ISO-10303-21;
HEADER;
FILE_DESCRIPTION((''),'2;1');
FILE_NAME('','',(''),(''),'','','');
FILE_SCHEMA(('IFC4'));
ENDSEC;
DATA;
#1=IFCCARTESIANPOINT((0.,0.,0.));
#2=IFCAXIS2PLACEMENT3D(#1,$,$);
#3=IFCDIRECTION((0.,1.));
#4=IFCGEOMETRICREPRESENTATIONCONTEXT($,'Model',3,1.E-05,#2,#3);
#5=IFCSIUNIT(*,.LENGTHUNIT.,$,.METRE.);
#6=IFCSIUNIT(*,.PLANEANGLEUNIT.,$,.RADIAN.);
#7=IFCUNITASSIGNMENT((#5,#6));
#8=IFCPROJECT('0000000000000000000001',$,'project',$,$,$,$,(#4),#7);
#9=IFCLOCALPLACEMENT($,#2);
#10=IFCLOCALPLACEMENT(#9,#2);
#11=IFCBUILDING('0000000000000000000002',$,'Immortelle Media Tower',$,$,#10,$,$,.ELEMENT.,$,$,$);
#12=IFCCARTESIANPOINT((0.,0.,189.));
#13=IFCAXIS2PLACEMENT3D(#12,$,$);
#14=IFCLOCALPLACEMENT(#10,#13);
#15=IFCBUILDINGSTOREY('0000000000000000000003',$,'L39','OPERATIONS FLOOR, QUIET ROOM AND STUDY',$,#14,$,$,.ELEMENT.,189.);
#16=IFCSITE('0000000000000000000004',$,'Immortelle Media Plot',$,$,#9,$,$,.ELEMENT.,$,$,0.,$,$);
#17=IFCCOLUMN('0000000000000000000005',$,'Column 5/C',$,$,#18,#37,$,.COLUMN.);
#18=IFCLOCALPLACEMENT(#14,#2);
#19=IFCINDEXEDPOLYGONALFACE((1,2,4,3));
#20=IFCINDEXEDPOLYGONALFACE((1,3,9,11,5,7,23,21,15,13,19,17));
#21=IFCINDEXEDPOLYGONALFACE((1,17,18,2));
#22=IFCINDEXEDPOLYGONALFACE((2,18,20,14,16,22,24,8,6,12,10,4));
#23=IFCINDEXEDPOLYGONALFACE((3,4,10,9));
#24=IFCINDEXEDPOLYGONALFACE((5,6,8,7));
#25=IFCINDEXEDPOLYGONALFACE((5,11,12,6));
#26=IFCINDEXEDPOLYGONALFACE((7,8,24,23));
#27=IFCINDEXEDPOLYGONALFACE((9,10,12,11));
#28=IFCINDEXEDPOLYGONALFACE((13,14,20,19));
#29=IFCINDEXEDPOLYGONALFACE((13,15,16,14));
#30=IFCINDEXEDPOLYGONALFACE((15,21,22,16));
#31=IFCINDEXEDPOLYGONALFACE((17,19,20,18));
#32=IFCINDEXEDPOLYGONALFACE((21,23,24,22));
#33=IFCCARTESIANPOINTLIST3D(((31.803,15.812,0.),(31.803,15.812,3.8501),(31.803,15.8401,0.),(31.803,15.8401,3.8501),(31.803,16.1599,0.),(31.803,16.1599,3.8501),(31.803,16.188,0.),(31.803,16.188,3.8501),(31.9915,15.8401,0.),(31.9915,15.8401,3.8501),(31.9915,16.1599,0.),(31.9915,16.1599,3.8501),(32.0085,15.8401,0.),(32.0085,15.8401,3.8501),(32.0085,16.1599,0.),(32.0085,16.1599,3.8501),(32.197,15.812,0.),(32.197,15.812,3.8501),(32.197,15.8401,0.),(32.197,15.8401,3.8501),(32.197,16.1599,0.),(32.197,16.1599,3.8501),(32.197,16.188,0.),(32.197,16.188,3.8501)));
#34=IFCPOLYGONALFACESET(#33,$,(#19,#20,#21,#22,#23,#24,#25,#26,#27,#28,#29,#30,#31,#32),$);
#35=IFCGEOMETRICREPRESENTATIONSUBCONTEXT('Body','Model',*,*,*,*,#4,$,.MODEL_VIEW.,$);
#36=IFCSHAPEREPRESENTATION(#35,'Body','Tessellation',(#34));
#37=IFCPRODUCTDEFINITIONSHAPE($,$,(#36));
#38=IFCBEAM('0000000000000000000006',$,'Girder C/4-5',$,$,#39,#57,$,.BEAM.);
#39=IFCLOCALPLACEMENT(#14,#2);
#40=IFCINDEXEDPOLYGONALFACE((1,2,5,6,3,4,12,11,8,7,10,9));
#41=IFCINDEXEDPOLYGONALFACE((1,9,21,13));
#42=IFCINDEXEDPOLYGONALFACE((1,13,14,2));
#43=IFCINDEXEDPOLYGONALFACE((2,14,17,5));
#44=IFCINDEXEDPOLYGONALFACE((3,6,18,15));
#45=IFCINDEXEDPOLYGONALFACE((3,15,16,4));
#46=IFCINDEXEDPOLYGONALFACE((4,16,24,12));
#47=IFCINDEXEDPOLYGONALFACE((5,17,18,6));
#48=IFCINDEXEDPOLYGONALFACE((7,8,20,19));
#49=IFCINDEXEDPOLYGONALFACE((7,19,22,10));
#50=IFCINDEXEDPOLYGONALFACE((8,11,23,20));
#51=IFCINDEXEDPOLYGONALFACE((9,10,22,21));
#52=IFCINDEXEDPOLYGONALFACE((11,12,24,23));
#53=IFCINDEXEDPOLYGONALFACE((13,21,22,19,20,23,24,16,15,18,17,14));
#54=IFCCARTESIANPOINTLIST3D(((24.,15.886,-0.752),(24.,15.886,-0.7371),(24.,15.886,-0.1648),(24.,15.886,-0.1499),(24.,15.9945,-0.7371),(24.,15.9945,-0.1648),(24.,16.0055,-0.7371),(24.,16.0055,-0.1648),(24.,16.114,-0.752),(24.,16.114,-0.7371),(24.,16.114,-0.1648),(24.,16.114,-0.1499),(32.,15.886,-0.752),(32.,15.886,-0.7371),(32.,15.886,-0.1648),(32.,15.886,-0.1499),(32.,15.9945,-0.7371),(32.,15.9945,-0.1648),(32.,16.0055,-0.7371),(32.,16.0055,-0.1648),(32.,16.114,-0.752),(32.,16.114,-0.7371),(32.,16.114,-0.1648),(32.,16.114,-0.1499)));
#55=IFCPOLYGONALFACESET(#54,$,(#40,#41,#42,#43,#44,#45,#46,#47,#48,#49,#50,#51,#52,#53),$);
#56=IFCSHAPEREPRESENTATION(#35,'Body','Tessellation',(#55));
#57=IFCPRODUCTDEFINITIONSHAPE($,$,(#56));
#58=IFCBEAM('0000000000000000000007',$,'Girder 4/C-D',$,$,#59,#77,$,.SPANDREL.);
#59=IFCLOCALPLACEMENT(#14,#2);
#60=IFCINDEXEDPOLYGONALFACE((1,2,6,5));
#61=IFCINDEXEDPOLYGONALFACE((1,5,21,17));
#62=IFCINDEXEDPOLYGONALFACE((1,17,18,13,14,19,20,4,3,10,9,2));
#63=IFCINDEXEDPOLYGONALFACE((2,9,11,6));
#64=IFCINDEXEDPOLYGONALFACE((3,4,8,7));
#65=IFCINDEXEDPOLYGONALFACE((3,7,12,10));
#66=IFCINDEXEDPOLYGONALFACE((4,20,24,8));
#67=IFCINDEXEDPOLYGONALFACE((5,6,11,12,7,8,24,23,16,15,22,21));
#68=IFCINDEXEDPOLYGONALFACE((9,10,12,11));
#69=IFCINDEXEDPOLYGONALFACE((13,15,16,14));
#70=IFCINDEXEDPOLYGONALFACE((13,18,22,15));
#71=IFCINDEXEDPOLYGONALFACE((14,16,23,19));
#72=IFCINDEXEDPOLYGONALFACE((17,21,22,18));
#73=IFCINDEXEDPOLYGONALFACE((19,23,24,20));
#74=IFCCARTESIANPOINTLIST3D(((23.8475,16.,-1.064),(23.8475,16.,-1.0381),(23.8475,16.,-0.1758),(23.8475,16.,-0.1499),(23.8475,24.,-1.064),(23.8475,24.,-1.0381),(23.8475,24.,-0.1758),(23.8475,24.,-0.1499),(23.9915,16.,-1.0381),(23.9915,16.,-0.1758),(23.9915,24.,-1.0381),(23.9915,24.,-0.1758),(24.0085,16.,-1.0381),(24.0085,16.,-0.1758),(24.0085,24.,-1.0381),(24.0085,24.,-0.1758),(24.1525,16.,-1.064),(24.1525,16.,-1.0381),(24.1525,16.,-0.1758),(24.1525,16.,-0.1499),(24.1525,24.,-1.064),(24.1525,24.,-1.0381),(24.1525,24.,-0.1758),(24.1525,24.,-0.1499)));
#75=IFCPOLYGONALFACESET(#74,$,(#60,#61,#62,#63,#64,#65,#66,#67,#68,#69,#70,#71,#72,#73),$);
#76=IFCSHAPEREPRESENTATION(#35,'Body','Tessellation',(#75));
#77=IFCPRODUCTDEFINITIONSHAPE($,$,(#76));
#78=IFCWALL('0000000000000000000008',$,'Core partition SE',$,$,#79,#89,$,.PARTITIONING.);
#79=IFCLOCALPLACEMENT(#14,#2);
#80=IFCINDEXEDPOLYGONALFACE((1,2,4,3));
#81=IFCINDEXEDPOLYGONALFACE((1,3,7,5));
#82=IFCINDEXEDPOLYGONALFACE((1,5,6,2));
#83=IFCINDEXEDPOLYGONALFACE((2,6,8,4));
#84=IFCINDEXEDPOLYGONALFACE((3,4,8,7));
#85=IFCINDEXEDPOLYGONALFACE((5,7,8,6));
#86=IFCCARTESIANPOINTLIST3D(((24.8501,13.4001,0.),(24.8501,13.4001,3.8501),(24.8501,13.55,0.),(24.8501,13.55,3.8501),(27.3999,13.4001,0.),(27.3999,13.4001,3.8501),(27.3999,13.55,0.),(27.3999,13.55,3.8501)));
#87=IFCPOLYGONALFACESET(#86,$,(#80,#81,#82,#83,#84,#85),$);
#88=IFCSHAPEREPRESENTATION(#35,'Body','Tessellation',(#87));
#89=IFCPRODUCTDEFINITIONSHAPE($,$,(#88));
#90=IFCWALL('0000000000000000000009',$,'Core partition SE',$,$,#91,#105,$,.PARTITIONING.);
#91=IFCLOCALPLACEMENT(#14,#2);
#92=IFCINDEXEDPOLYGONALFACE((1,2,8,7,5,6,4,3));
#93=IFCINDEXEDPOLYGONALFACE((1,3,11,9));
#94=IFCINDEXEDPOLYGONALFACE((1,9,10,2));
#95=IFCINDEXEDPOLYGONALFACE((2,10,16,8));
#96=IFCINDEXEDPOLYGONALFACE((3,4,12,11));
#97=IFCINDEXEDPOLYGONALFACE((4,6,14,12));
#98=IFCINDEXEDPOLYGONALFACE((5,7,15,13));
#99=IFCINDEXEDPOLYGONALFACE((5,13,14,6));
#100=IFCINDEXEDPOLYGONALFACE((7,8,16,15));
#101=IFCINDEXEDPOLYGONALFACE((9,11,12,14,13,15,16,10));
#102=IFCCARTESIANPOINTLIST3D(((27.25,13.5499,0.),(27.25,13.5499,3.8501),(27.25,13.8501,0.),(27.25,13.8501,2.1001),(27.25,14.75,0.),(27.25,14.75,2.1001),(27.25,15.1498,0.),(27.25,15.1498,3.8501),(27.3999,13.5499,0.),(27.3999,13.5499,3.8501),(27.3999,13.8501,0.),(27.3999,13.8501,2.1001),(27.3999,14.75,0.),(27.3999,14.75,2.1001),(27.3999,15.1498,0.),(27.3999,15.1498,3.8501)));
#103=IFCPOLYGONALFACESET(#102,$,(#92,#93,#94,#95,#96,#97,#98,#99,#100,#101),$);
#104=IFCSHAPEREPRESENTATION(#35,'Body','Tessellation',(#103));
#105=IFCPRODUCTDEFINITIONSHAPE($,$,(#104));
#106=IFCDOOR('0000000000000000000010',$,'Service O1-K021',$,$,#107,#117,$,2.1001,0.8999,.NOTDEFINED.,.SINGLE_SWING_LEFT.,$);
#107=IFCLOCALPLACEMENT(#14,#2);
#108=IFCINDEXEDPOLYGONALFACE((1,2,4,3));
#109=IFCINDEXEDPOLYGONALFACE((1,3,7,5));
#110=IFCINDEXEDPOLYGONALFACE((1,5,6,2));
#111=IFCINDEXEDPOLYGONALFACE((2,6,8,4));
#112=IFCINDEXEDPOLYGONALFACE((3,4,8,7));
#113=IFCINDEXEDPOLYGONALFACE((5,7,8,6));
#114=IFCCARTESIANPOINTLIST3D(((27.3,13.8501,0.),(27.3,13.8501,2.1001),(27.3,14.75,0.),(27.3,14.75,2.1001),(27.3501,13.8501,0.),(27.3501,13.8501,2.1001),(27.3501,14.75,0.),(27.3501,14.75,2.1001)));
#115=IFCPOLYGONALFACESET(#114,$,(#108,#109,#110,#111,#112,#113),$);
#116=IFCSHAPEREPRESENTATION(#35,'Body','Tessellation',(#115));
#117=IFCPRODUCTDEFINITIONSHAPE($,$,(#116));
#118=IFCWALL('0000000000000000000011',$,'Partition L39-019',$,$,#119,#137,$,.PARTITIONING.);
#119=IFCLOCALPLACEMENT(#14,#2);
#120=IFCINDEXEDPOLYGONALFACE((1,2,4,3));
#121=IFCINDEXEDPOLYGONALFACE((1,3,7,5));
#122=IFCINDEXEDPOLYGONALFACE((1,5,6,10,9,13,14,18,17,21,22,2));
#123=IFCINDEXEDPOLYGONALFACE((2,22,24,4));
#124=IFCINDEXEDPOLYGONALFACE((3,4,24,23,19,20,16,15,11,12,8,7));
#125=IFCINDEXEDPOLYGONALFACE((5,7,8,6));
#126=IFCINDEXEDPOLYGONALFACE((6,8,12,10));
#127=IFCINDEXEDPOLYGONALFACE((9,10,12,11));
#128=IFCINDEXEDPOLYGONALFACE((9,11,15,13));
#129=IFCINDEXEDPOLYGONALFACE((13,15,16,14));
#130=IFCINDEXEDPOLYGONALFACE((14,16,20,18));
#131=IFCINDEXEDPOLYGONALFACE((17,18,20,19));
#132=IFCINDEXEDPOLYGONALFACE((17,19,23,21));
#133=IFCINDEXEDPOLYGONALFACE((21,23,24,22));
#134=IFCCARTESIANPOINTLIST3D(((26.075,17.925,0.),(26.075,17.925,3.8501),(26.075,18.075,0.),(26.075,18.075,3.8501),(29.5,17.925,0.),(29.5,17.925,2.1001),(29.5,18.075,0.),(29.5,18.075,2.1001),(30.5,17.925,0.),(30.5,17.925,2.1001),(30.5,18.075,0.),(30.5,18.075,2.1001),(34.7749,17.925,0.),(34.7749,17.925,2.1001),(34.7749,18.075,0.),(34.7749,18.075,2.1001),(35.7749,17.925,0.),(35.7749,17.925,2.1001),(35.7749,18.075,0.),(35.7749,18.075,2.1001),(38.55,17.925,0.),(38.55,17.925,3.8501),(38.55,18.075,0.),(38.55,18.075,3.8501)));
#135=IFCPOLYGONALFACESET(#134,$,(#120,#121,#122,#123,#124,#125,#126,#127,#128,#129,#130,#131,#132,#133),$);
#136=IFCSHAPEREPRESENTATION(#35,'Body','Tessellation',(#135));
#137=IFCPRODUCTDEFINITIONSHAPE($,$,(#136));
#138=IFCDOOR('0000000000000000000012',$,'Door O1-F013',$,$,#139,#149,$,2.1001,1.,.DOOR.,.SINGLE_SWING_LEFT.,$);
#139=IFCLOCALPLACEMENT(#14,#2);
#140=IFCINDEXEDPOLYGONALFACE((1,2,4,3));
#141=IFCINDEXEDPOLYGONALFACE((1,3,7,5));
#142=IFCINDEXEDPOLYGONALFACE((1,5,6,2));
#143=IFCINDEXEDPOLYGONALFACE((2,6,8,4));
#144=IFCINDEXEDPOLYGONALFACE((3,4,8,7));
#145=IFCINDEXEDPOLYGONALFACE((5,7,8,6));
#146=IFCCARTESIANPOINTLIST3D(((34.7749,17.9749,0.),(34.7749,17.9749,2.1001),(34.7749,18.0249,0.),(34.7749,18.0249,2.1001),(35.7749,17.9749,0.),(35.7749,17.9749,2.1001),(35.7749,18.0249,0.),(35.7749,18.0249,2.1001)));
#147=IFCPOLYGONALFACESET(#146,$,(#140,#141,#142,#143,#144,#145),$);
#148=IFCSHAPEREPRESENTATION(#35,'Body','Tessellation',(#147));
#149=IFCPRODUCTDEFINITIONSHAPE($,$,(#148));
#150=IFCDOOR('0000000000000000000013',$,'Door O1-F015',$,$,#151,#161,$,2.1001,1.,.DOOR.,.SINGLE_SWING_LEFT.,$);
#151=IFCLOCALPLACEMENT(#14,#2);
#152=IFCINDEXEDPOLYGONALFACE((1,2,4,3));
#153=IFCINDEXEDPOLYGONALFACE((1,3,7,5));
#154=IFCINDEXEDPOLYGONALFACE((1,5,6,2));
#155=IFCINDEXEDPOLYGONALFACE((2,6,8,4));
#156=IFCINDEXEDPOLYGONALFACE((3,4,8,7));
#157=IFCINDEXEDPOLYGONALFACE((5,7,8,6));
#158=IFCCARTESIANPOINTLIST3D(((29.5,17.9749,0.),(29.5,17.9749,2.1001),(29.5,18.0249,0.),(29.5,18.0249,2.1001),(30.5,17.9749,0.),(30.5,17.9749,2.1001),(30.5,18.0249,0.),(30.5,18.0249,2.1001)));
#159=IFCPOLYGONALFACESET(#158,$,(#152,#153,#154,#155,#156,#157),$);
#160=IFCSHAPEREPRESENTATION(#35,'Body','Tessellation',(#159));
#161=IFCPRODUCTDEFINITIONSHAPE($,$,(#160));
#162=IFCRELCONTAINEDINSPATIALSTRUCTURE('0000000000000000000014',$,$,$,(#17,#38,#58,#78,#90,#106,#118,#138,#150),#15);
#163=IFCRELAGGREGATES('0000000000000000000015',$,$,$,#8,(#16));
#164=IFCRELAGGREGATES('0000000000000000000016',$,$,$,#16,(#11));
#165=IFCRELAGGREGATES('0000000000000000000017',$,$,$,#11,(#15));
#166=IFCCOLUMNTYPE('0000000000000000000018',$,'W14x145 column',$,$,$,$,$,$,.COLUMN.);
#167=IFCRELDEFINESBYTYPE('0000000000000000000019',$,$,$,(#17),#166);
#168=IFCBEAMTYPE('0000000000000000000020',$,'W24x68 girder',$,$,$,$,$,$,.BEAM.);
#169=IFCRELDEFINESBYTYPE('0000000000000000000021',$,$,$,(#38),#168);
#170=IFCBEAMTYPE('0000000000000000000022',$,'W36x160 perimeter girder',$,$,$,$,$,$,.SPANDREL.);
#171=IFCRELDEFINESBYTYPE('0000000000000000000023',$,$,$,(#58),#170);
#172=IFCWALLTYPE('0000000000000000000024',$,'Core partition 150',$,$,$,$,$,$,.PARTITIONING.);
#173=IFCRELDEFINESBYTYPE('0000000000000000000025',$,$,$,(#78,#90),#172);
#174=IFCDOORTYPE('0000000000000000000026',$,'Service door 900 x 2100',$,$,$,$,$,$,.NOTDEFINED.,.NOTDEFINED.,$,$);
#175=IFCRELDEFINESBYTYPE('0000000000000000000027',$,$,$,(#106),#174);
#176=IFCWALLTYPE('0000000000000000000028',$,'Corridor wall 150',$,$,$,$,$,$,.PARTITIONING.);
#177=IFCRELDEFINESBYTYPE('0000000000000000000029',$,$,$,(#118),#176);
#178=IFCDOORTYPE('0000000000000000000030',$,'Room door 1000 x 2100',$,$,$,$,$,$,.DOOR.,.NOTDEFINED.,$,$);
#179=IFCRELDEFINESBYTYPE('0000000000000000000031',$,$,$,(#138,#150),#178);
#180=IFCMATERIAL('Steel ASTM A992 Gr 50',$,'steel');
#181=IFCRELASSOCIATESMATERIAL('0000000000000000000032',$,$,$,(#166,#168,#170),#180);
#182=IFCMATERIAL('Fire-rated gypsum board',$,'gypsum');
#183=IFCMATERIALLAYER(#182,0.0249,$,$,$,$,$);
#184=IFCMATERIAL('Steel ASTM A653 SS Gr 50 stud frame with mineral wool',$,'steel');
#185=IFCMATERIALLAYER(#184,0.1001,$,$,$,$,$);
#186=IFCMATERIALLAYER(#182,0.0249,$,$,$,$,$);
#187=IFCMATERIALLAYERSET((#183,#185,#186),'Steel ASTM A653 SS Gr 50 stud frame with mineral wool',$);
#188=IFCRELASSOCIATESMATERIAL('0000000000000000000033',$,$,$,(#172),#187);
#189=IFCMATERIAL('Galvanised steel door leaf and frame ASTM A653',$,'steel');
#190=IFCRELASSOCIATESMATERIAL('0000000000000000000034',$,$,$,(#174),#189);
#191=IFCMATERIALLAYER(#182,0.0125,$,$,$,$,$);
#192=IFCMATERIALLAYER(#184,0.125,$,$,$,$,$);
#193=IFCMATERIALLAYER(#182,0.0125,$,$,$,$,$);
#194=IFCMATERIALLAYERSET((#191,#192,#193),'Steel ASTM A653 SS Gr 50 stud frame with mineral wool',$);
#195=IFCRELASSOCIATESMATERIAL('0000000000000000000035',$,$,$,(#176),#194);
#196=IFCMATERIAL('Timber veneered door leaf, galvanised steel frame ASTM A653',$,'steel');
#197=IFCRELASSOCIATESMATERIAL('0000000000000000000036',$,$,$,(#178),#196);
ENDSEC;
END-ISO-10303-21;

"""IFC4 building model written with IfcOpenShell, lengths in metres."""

from ifc_helpers import new_model, si_unit, direction, frame, frame_2d, origin, origin_2d, place, context, subcontext, project, spatial, rectangle, i_section, extrude, material, layer, layer_set, material_profile, profile_set, type_object, element, fill, save


model = new_model("IFC4")

# Units and contexts
model_context = context("Model", 3, precision=1e-05, world=origin(), true_north=direction((0.0, 1.0)))
body_context = subcontext(model_context, "Body", "Model", "MODEL_VIEW")
ifc_project = project(units=[si_unit("LENGTHUNIT", "METRE"), si_unit("PLANEANGLEUNIT", "RADIAN")], contexts=[model_context])

# Site, building, storey
site_placement = place(None, origin())
site = spatial("IfcSite", under=ifc_project, at=site_placement, Name="Immortelle Media Plot", CompositionType="ELEMENT", RefElevation=0.0)
building_placement = place(site_placement, origin())
building = spatial("IfcBuilding", under=site, at=building_placement, Name="Immortelle Media Tower", CompositionType="ELEMENT")
storey_placement = place(building_placement, frame((0.0, 0.0, 189.0)))
storey = spatial("IfcBuildingStorey", under=building, at=storey_placement, Name="L39", Description="OPERATIONS FLOOR, QUIET ROOM AND STUDY", CompositionType="ELEMENT", Elevation=189.0)

# Column
ifc_material_1 = material(Name="Steel ASTM A992 Gr 50", Category="steel")
ifc_material_profile_1 = material_profile(ifc_material_1, i_section(OverallWidth=0.394, OverallDepth=0.376, WebThickness=0.0171, FlangeThickness=0.0281, at=origin_2d()), Name="W14x145")
ifc_profile_set_1 = profile_set([ifc_material_profile_1], Name="Steel ASTM A992 Gr 50")
column_type = type_object("IfcColumnType", Name="W14x145 column", PredefinedType="COLUMN", material=ifc_profile_set_1)
column_placement = place(storey_placement, frame((32.0, 16.0, 0.0), z_axis=(0.0, 0.0, 1.0), x_axis=(1.0, 0.0, 0.0)))
element("IfcColumn", 1, at=column_placement, inside=storey, type_object=column_type, Name="Column 5/C", PredefinedType="COLUMN", context=body_context, shape_type="SweptSolid", body=[
    extrude(i_section(OverallWidth=0.394, OverallDepth=0.376, WebThickness=0.0171, FlangeThickness=0.0281, at=origin_2d()), origin(), (0.0, 0.0, 1.0), 3.8501),
])

# Beams
ifc_material_profile_2 = material_profile(ifc_material_1, i_section(OverallWidth=0.228, OverallDepth=0.6021, WebThickness=0.011, FlangeThickness=0.0149, at=origin_2d()), Name="W24x68")
ifc_profile_set_2 = profile_set([ifc_material_profile_2], Name="Steel ASTM A992 Gr 50")
beam_type_1 = type_object("IfcBeamType", Name="W24x68 girder", PredefinedType="BEAM", material=ifc_profile_set_2)
beam_1_placement = place(storey_placement, frame((24.0, 16.0, -0.4509), z_axis=(1.0, 0.0, 0.0), x_axis=(0.0, 1.0, 0.0)))
element("IfcBeam", 2, at=beam_1_placement, inside=storey, type_object=beam_type_1, Name="Girder C/4-5", PredefinedType="BEAM", context=body_context, shape_type="SweptSolid", body=[
    extrude(i_section(OverallWidth=0.228, OverallDepth=0.6021, WebThickness=0.011, FlangeThickness=0.0149, at=origin_2d()), origin(), (0.0, 0.0, 1.0), 8.0),
])
ifc_material_profile_3 = material_profile(ifc_material_1, i_section(OverallWidth=0.3049, OverallDepth=0.9141, WebThickness=0.0171, FlangeThickness=0.0259, at=origin_2d()), Name="W36x160")
ifc_profile_set_3 = profile_set([ifc_material_profile_3], Name="Steel ASTM A992 Gr 50")
beam_type_2 = type_object("IfcBeamType", Name="W36x160 perimeter girder", PredefinedType="SPANDREL", material=ifc_profile_set_3)
beam_2_placement = place(storey_placement, frame((24.0, 16.0, -0.6069), z_axis=(0.0, 1.0, 0.0), x_axis=(-1.0, 0.0, 0.0)))
element("IfcBeam", 3, at=beam_2_placement, inside=storey, type_object=beam_type_2, Name="Girder 4/C-D", PredefinedType="SPANDREL", context=body_context, shape_type="SweptSolid", body=[
    extrude(i_section(OverallWidth=0.3049, OverallDepth=0.9141, WebThickness=0.0171, FlangeThickness=0.0259, at=origin_2d()), origin(), (0.0, 0.0, 1.0), 8.0),
])

# Wall
ifc_material_2 = material(Name="Fire-rated gypsum board", Category="gypsum")
ifc_layer_1 = layer(ifc_material_2, 0.0249)
ifc_material_3 = material(Name="Steel ASTM A653 SS Gr 50 stud frame with mineral wool", Category="steel")
ifc_layer_2 = layer(ifc_material_3, 0.1001)
ifc_layer_3 = layer(ifc_material_2, 0.0249)
ifc_layer_set_1 = layer_set([ifc_layer_1, ifc_layer_2, ifc_layer_3], Name="Steel ASTM A653 SS Gr 50 stud frame with mineral wool")
wall_type_1 = type_object("IfcWallType", Name="Core partition 150", PredefinedType="PARTITIONING", material=ifc_layer_set_1)
wall_1_placement = place(storey_placement, frame((24.8501, 13.4751, 0.0), z_axis=(0.0, 0.0, 1.0), x_axis=(1.0, 0.0, 0.0)))
element("IfcWall", 4, at=wall_1_placement, inside=storey, type_object=wall_type_1, Name="Core partition SE", PredefinedType="PARTITIONING", context=body_context, shape_type="SweptSolid", body=[
    extrude(rectangle(XDim=2.5498, YDim=0.1499, at=frame_2d((1.2749, 0.0))), origin(), (0.0, 0.0, 1.0), 3.8501),
])

# Wall, opening, door
wall_2_placement = place(storey_placement, frame((27.325, 13.55, 0.0), z_axis=(0.0, 0.0, 1.0), x_axis=(0.0, 1.0, 0.0)))
wall_2 = element("IfcWall", 5, at=wall_2_placement, inside=storey, type_object=wall_type_1, Name="Core partition SE", PredefinedType="PARTITIONING", context=body_context, shape_type="SweptSolid", body=[
    extrude(rectangle(XDim=1.5999, YDim=0.1499, at=frame_2d((0.7998, 0.0))), origin(), (0.0, 0.0, 1.0), 3.8501),
])
opening_1_placement = place(wall_2_placement, frame((0.3, 0.0, 0.0)))
opening_1 = element("IfcOpeningElement", 6, at=opening_1_placement, cuts=wall_2, PredefinedType="OPENING", context=body_context, shape_type="SweptSolid", body=[
    extrude(rectangle(XDim=0.8999, YDim=2.1001, at=frame_2d((0.45, 1.05))), frame((0.0, 0.085, 0.0), z_axis=(0.0, -1.0, 0.0), x_axis=(1.0, 0.0, 0.0)), (0.0, 0.0, 1.0), 0.1699),
])
ifc_material_4 = material(Name="Galvanised steel door leaf and frame ASTM A653", Category="steel")
door_type_1 = type_object("IfcDoorType", Name="Service door 900 x 2100", OperationType="NOTDEFINED", PredefinedType="NOTDEFINED", material=ifc_material_4)
door_1_placement = place(opening_1_placement, origin())
door_1 = element("IfcDoor", 7, at=door_1_placement, inside=storey, type_object=door_type_1, Name="Service O1-K021", OperationType="SINGLE_SWING_LEFT", OverallHeight=2.1001, OverallWidth=0.8999, PredefinedType="NOTDEFINED", context=body_context, shape_type="SweptSolid", body=[
    extrude(rectangle(XDim=0.8999, YDim=2.1001, at=frame_2d((0.45, 1.05))), frame((0.0, 0.0249, 0.0), z_axis=(0.0, -1.0, 0.0), x_axis=(1.0, 0.0, 0.0)), (0.0, 0.0, 1.0), 0.05),
])
fill(opening_1, door_1)

# Wall, openings, doors
ifc_layer_4 = layer(ifc_material_2, 0.0125)
ifc_layer_5 = layer(ifc_material_3, 0.125)
ifc_layer_6 = layer(ifc_material_2, 0.0125)
ifc_layer_set_2 = layer_set([ifc_layer_4, ifc_layer_5, ifc_layer_6], Name="Steel ASTM A653 SS Gr 50 stud frame with mineral wool")
wall_type_2 = type_object("IfcWallType", Name="Corridor wall 150", PredefinedType="PARTITIONING", material=ifc_layer_set_2)
wall_3_placement = place(storey_placement, frame((26.075, 18.0, 0.0), z_axis=(0.0, 0.0, 1.0), x_axis=(1.0, 0.0, 0.0)))
wall_3 = element("IfcWall", 8, at=wall_3_placement, inside=storey, type_object=wall_type_2, Name="Partition L39-019", PredefinedType="PARTITIONING", context=body_context, shape_type="SweptSolid", body=[
    extrude(rectangle(XDim=12.4751, YDim=0.1499, at=frame_2d((6.2375, 0.0))), origin(), (0.0, 0.0, 1.0), 3.8501),
])
opening_2_placement = place(wall_3_placement, frame((8.7, 0.0, 0.0)))
opening_2 = element("IfcOpeningElement", 9, at=opening_2_placement, cuts=wall_3, PredefinedType="OPENING", context=body_context, shape_type="SweptSolid", body=[
    extrude(rectangle(XDim=1.0, YDim=2.1001, at=frame_2d((0.5, 1.05))), frame((0.0, 0.085, 0.0), z_axis=(0.0, -1.0, 0.0), x_axis=(1.0, 0.0, 0.0)), (0.0, 0.0, 1.0), 0.1699),
])
opening_3_placement = place(wall_3_placement, frame((3.425, 0.0, 0.0)))
opening_3 = element("IfcOpeningElement", 10, at=opening_3_placement, cuts=wall_3, PredefinedType="OPENING", context=body_context, shape_type="SweptSolid", body=[
    extrude(rectangle(XDim=1.0, YDim=2.1001, at=frame_2d((0.5, 1.05))), frame((0.0, 0.085, 0.0), z_axis=(0.0, -1.0, 0.0), x_axis=(1.0, 0.0, 0.0)), (0.0, 0.0, 1.0), 0.1699),
])
ifc_material_5 = material(Name="Timber veneered door leaf, galvanised steel frame ASTM A653", Category="steel")
door_type_2 = type_object("IfcDoorType", Name="Room door 1000 x 2100", OperationType="NOTDEFINED", PredefinedType="DOOR", material=ifc_material_5)
door_2_placement = place(opening_2_placement, origin())
door_2 = element("IfcDoor", 11, at=door_2_placement, inside=storey, type_object=door_type_2, Name="Door O1-F013", OperationType="SINGLE_SWING_LEFT", OverallHeight=2.1001, OverallWidth=1.0, PredefinedType="DOOR", context=body_context, shape_type="SweptSolid", body=[
    extrude(rectangle(XDim=1.0, YDim=2.1001, at=frame_2d((0.5, 1.05))), frame((0.0, 0.0249, 0.0), z_axis=(0.0, -1.0, 0.0), x_axis=(1.0, 0.0, 0.0)), (0.0, 0.0, 1.0), 0.05),
])
fill(opening_2, door_2)
door_3_placement = place(opening_3_placement, origin())
door_3 = element("IfcDoor", 12, at=door_3_placement, inside=storey, type_object=door_type_2, Name="Door O1-F015", OperationType="SINGLE_SWING_LEFT", OverallHeight=2.1001, OverallWidth=1.0, PredefinedType="DOOR", context=body_context, shape_type="SweptSolid", body=[
    extrude(rectangle(XDim=1.0, YDim=2.1001, at=frame_2d((0.5, 1.05))), frame((0.0, 0.0249, 0.0), z_axis=(0.0, -1.0, 0.0), x_axis=(1.0, 0.0, 0.0)), (0.0, 0.0, 1.0), 0.05),
])
fill(opening_3, door_3)

save(model, "model.ifc")
